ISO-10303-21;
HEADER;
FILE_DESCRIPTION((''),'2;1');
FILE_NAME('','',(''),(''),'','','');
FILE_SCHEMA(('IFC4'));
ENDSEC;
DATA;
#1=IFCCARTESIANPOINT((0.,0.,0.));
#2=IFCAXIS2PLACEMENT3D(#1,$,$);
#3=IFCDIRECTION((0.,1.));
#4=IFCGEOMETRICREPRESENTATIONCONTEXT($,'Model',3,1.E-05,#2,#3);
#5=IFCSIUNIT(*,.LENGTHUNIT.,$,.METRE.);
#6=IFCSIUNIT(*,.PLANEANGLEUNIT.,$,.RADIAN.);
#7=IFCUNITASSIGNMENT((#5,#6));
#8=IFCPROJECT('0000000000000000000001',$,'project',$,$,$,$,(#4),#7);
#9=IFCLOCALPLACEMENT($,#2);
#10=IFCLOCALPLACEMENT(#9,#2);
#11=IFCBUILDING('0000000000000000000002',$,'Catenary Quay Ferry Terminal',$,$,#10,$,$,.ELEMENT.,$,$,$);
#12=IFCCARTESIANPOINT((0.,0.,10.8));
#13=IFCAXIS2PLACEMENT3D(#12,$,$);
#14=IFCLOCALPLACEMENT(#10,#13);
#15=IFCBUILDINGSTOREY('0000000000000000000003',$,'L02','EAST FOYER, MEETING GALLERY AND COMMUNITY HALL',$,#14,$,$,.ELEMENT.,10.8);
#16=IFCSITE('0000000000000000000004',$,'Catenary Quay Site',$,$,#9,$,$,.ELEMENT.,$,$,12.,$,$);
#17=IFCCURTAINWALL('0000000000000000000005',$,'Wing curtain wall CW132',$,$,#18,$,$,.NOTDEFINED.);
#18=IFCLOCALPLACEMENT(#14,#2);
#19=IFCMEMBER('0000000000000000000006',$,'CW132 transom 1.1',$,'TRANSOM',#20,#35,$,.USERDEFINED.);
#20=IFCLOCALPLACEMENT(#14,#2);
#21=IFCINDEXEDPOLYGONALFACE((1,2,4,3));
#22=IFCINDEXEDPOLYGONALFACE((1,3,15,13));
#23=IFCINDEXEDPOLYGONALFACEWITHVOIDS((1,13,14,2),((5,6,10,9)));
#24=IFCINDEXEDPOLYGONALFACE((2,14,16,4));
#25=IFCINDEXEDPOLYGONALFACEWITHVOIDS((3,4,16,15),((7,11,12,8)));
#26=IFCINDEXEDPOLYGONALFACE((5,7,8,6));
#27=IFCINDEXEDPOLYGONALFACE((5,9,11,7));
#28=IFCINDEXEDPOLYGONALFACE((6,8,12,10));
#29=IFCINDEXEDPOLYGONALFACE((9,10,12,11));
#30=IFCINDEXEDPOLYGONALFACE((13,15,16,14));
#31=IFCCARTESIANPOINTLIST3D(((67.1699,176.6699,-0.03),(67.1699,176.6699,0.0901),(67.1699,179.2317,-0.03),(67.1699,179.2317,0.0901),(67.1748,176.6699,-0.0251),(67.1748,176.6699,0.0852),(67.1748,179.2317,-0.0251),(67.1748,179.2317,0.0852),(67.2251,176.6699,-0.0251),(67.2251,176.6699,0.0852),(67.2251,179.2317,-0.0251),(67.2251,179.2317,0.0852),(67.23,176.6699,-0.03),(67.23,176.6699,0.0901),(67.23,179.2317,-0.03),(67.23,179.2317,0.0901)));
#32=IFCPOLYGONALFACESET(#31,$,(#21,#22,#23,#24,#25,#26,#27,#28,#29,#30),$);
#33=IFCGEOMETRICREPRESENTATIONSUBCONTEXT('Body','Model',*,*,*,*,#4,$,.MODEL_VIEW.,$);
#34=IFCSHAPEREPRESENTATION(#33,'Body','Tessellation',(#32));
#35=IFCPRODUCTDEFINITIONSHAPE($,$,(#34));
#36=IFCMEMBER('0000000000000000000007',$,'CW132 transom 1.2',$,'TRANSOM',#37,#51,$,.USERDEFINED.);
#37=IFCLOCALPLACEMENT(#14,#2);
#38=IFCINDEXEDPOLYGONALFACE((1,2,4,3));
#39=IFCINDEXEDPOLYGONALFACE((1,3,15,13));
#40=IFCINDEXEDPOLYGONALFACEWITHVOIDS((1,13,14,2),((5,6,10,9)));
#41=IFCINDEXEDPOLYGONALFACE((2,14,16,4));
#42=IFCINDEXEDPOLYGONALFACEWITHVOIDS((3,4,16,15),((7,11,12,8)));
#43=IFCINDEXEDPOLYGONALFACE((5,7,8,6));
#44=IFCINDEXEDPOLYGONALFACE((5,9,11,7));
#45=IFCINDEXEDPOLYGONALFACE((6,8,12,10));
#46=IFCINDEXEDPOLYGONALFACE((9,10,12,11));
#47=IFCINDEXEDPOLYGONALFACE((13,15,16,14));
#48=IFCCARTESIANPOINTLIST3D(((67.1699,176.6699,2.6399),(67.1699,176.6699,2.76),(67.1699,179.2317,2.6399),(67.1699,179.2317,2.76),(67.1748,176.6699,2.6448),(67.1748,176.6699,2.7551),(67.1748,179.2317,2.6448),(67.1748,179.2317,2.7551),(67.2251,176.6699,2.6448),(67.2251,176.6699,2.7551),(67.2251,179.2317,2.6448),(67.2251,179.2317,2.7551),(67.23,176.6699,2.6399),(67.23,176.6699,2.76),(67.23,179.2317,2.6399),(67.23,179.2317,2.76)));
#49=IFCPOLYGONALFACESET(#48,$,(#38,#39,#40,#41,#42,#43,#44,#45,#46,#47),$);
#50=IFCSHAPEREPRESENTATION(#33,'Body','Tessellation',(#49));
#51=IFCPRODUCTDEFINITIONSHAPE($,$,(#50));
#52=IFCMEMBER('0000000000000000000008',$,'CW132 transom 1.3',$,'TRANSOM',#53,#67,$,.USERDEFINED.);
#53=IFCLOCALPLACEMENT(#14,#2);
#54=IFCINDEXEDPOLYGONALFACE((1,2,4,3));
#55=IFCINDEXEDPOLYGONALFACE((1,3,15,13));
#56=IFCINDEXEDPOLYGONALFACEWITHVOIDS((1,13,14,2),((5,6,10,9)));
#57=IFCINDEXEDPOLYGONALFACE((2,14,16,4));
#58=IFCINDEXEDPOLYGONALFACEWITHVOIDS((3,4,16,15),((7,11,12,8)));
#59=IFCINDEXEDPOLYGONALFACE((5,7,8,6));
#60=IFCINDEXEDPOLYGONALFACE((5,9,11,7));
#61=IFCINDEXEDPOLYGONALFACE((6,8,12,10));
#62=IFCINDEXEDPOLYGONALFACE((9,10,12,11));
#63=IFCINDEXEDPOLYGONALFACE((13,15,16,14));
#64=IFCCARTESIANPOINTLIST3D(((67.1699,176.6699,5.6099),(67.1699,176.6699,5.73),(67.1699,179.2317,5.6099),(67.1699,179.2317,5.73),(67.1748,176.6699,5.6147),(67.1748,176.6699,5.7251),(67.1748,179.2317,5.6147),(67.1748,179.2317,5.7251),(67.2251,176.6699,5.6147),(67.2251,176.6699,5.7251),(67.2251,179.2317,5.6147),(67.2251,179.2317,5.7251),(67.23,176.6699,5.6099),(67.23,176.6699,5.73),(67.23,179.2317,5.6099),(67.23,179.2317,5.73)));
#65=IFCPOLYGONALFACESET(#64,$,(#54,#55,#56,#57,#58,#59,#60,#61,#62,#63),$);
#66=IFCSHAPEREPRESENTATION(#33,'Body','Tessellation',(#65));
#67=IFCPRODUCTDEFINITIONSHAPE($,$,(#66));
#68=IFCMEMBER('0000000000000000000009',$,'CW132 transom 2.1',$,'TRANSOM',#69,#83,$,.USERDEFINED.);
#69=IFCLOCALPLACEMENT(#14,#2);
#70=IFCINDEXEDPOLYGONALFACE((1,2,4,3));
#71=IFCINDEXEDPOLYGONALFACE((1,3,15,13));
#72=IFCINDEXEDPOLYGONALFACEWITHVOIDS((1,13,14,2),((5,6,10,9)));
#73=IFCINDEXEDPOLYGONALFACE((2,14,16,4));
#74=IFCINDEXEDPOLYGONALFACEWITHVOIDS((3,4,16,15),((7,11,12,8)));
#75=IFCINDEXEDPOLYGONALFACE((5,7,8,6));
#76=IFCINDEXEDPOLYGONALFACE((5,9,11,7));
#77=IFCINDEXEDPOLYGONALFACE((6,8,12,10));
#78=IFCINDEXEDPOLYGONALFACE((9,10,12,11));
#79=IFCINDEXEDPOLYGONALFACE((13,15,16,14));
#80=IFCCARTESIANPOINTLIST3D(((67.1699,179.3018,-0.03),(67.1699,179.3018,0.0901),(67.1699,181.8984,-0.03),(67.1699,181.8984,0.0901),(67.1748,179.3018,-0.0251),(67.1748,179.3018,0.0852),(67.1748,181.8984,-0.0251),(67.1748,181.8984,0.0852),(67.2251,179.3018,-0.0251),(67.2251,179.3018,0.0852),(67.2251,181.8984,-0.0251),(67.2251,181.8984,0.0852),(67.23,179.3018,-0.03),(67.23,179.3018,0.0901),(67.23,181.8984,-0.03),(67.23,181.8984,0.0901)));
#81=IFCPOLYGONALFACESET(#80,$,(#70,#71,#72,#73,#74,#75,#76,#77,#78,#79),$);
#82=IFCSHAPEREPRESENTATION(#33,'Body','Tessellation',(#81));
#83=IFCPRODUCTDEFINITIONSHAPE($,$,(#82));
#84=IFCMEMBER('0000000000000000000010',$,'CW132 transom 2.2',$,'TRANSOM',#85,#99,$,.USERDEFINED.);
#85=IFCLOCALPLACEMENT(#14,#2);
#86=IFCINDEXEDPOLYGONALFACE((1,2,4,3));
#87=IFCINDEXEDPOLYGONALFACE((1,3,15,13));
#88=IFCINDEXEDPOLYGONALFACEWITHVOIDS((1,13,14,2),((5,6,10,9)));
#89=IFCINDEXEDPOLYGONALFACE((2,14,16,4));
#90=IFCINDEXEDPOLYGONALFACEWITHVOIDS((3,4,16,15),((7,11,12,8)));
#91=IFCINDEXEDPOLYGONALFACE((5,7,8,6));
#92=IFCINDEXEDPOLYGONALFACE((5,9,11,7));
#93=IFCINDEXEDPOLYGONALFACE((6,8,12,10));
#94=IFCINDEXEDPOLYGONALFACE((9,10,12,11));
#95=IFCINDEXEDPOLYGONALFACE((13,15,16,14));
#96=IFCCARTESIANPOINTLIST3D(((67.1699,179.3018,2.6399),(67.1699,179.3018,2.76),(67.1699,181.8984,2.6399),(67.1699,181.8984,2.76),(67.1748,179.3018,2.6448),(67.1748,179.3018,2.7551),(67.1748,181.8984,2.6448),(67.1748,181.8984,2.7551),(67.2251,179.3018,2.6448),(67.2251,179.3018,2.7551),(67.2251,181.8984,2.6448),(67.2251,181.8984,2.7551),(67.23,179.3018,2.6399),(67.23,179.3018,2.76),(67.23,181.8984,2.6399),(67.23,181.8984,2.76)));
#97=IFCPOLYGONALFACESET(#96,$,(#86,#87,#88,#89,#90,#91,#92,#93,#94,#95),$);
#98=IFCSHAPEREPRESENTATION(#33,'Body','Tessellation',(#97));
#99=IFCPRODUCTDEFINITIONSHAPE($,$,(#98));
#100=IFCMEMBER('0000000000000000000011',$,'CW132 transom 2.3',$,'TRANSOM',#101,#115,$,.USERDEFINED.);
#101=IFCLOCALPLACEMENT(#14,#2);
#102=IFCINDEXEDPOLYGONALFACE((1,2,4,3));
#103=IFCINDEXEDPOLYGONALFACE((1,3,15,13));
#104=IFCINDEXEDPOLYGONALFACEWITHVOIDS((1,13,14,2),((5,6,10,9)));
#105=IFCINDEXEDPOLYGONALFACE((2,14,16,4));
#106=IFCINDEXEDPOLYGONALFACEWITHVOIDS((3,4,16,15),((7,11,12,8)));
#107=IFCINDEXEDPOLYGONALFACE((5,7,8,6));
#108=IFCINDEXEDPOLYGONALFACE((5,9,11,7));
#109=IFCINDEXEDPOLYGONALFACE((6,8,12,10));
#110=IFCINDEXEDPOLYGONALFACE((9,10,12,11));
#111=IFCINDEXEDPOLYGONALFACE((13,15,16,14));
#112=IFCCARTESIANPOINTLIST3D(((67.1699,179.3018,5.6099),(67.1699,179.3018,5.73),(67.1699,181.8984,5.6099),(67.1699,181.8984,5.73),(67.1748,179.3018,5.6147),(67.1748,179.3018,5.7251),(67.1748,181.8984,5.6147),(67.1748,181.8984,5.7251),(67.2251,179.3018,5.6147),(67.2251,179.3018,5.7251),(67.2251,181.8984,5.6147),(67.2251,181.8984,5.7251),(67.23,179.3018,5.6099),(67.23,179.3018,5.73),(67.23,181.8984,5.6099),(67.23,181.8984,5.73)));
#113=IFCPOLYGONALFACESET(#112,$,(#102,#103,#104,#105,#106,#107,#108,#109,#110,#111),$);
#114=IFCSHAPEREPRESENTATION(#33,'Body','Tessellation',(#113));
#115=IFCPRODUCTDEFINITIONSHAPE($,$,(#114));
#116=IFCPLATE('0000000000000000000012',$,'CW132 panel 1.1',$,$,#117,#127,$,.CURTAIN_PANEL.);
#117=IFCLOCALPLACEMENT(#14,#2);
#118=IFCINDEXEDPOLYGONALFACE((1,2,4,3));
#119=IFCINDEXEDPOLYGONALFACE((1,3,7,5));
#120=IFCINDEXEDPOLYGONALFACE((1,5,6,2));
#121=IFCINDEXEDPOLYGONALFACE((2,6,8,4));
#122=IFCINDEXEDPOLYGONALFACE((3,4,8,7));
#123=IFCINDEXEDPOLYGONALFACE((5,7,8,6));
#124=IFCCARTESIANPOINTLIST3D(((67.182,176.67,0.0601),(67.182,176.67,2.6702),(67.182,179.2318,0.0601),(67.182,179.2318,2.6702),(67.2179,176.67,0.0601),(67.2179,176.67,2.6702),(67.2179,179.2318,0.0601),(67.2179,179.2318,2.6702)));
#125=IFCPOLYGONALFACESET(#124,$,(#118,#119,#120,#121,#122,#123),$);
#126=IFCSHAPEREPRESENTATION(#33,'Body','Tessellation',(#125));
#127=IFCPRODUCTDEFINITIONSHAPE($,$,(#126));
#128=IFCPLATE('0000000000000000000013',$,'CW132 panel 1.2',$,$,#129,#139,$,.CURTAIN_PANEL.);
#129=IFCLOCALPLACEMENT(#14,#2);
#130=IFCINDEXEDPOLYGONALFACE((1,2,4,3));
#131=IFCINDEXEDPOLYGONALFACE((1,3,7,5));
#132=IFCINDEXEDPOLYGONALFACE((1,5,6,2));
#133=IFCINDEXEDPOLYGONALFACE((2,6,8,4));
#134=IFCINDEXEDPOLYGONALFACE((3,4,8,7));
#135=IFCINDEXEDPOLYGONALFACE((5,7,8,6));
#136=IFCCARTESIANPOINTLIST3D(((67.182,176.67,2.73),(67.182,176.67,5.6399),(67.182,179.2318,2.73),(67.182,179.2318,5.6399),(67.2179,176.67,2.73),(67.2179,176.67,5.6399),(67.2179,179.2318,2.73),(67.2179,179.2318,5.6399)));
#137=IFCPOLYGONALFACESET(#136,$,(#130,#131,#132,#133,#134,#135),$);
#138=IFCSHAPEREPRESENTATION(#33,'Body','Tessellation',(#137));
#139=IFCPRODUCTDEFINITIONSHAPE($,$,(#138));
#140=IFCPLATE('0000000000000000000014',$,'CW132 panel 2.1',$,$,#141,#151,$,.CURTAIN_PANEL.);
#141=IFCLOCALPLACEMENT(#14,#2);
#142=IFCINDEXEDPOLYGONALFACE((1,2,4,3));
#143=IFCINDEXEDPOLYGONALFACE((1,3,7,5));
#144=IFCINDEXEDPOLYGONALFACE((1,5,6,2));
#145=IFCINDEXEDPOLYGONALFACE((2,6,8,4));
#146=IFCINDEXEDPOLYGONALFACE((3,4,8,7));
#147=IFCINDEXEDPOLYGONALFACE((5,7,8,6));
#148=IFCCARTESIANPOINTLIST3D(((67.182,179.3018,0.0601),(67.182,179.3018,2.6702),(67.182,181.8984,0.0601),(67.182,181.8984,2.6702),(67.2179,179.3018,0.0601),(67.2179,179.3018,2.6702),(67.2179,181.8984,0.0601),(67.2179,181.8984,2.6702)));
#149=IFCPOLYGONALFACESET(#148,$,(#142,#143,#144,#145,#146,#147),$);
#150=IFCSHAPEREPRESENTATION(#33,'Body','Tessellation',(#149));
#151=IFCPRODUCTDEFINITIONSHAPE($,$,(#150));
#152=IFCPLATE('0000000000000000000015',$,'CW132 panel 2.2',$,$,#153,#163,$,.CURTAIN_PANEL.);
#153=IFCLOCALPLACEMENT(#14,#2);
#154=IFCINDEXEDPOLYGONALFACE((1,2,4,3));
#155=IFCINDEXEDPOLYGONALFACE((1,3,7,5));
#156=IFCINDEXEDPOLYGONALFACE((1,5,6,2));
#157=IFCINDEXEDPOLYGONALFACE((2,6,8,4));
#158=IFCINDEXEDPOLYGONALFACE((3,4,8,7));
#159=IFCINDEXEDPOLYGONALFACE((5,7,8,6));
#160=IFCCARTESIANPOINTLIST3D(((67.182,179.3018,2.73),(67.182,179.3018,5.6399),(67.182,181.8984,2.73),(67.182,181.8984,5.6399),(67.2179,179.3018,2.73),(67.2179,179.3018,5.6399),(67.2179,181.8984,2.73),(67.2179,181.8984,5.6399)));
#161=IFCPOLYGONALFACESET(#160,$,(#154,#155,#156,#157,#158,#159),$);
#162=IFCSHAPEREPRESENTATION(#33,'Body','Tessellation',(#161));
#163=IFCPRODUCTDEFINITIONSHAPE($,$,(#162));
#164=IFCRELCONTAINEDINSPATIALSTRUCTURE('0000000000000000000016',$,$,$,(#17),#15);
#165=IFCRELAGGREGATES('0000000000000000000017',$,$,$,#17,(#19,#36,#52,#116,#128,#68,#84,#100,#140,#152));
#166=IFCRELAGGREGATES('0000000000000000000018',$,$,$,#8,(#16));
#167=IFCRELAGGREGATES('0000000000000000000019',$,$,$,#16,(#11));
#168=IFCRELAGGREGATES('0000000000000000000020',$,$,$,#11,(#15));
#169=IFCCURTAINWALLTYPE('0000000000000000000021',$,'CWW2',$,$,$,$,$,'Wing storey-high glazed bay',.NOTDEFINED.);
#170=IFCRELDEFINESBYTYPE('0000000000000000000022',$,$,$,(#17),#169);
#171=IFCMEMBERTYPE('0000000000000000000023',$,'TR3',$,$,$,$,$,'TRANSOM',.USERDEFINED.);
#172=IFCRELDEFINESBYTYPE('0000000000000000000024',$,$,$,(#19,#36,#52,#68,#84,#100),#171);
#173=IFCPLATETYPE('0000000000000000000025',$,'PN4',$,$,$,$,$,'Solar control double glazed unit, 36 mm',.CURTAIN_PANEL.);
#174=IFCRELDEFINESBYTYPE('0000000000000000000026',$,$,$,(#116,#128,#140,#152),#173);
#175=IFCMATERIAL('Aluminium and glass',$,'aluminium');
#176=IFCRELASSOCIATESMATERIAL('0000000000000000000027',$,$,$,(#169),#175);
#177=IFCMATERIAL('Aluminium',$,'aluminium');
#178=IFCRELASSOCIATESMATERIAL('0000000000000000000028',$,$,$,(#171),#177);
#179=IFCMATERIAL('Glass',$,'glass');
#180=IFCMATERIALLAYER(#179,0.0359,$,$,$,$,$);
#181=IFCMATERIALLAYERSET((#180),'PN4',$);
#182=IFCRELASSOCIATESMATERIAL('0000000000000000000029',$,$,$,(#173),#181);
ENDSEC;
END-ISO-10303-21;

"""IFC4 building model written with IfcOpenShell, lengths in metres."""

from ifc_helpers import new_model, si_unit, direction, frame, origin, origin_2d, place, context, subcontext, project, spatial, rectangle, hollow_rectangle, extrude, material, layer, layer_set, material_profile, profile_set, type_object, element, aggregate, save


model = new_model("IFC4")

# Units and contexts
model_context = context("Model", 3, precision=1e-05, world=origin(), true_north=direction((0.0, 1.0)))
body_context = subcontext(model_context, "Body", "Model", "MODEL_VIEW")
ifc_project = project(units=[si_unit("LENGTHUNIT", "METRE"), si_unit("PLANEANGLEUNIT", "RADIAN")], contexts=[model_context])

# Site, building, storey
site_placement = place(None, origin())
site = spatial("IfcSite", under=ifc_project, at=site_placement, Name="Catenary Quay Site", CompositionType="ELEMENT", RefElevation=12.0)
building_placement = place(site_placement, origin())
building = spatial("IfcBuilding", under=site, at=building_placement, Name="Catenary Quay Ferry Terminal", CompositionType="ELEMENT")
storey_placement = place(building_placement, frame((0.0, 0.0, 10.8)))
storey = spatial("IfcBuildingStorey", under=building, at=storey_placement, Name="L02", Description="EAST FOYER, MEETING GALLERY AND COMMUNITY HALL", CompositionType="ELEMENT", Elevation=10.8)

# Curtain wall, members, plates
ifc_material_1 = material(Name="Aluminium and glass", Category="aluminium")
curtain_wall_type = type_object("IfcCurtainWallType", Name="CWW2", ElementType="Wing storey-high glazed bay", PredefinedType="NOTDEFINED", material=ifc_material_1)
curtain_wall_placement = place(storey_placement, origin())
curtain_wall = element("IfcCurtainWall", 1, at=curtain_wall_placement, inside=storey, type_object=curtain_wall_type, Name="Wing curtain wall CW132", PredefinedType="NOTDEFINED")
ifc_material_2 = material(Name="Aluminium", Category="aluminium")
ifc_material_profile_1 = material_profile(ifc_material_2, hollow_rectangle(XDim=0.0601, YDim=0.1201, WallThickness=0.0049, at=origin_2d()), Name="TR3")
ifc_profile_set_1 = profile_set([ifc_material_profile_1], Name="Aluminium")
member_type_1 = type_object("IfcMemberType", Name="TR3", ElementType="TRANSOM", PredefinedType="USERDEFINED", material=ifc_profile_set_1)
member_1_placement = place(storey_placement, frame((67.2, 176.6699, 0.03), z_axis=(0.0, 1.0, 0.0), x_axis=(-1.0, 0.0, 0.0)))
member_1 = element("IfcMember", 2, at=member_1_placement, type_object=member_type_1, Name="CW132 transom 1.1", ObjectType="TRANSOM", PredefinedType="USERDEFINED", context=body_context, shape_type="SweptSolid", body=[
    extrude(hollow_rectangle(XDim=0.0601, YDim=0.1201, WallThickness=0.0049, at=origin_2d()), origin(), (0.0, 0.0, 1.0), 2.5618),
])
member_2_placement = place(storey_placement, frame((67.2, 176.6699, 2.7), z_axis=(0.0, 1.0, 0.0), x_axis=(-1.0, 0.0, 0.0)))
member_2 = element("IfcMember", 3, at=member_2_placement, type_object=member_type_1, Name="CW132 transom 1.2", ObjectType="TRANSOM", PredefinedType="USERDEFINED", context=body_context, shape_type="SweptSolid", body=[
    extrude(hollow_rectangle(XDim=0.0601, YDim=0.1201, WallThickness=0.0049, at=origin_2d()), origin(), (0.0, 0.0, 1.0), 2.5618),
])
member_3_placement = place(storey_placement, frame((67.2, 176.6699, 5.6699), z_axis=(0.0, 1.0, 0.0), x_axis=(-1.0, 0.0, 0.0)))
member_3 = element("IfcMember", 4, at=member_3_placement, type_object=member_type_1, Name="CW132 transom 1.3", ObjectType="TRANSOM", PredefinedType="USERDEFINED", context=body_context, shape_type="SweptSolid", body=[
    extrude(hollow_rectangle(XDim=0.0601, YDim=0.1201, WallThickness=0.0049, at=origin_2d()), origin(), (0.0, 0.0, 1.0), 2.5618),
])
member_4_placement = place(storey_placement, frame((67.2, 179.3018, 0.03), z_axis=(0.0, 1.0, 0.0), x_axis=(-1.0, 0.0, 0.0)))
member_4 = element("IfcMember", 5, at=member_4_placement, type_object=member_type_1, Name="CW132 transom 2.1", ObjectType="TRANSOM", PredefinedType="USERDEFINED", context=body_context, shape_type="SweptSolid", body=[
    extrude(hollow_rectangle(XDim=0.0601, YDim=0.1201, WallThickness=0.0049, at=origin_2d()), origin(), (0.0, 0.0, 1.0), 2.5967),
])
member_5_placement = place(storey_placement, frame((67.2, 179.3018, 2.7), z_axis=(0.0, 1.0, 0.0), x_axis=(-1.0, 0.0, 0.0)))
member_5 = element("IfcMember", 6, at=member_5_placement, type_object=member_type_1, Name="CW132 transom 2.2", ObjectType="TRANSOM", PredefinedType="USERDEFINED", context=body_context, shape_type="SweptSolid", body=[
    extrude(hollow_rectangle(XDim=0.0601, YDim=0.1201, WallThickness=0.0049, at=origin_2d()), origin(), (0.0, 0.0, 1.0), 2.5967),
])
member_6_placement = place(storey_placement, frame((67.2, 179.3018, 5.6699), z_axis=(0.0, 1.0, 0.0), x_axis=(-1.0, 0.0, 0.0)))
member_6 = element("IfcMember", 7, at=member_6_placement, type_object=member_type_1, Name="CW132 transom 2.3", ObjectType="TRANSOM", PredefinedType="USERDEFINED", context=body_context, shape_type="SweptSolid", body=[
    extrude(hollow_rectangle(XDim=0.0601, YDim=0.1201, WallThickness=0.0049, at=origin_2d()), origin(), (0.0, 0.0, 1.0), 2.5967),
])
ifc_material_3 = material(Name="Glass", Category="glass")
ifc_layer_1 = layer(ifc_material_3, 0.0359)
ifc_layer_set_1 = layer_set([ifc_layer_1], Name="PN4")
plate_type = type_object("IfcPlateType", Name="PN4", ElementType="Solar control double glazed unit, 36 mm", PredefinedType="CURTAIN_PANEL", material=ifc_layer_set_1)
plate_1_placement = place(storey_placement, frame((67.2, 177.9509, 0.0601), z_axis=(0.0, 0.0, 1.0), x_axis=(0.0, 1.0, 0.0)))
plate_1 = element("IfcPlate", 8, at=plate_1_placement, type_object=plate_type, Name="CW132 panel 1.1", PredefinedType="CURTAIN_PANEL", context=body_context, shape_type="SweptSolid", body=[
    extrude(rectangle(XDim=2.5618, YDim=0.0359, at=origin_2d()), origin(), (0.0, 0.0, 1.0), 2.6101),
])
plate_2_placement = place(storey_placement, frame((67.2, 177.9509, 2.73), z_axis=(0.0, 0.0, 1.0), x_axis=(0.0, 1.0, 0.0)))
plate_2 = element("IfcPlate", 9, at=plate_2_placement, type_object=plate_type, Name="CW132 panel 1.2", PredefinedType="CURTAIN_PANEL", context=body_context, shape_type="SweptSolid", body=[
    extrude(rectangle(XDim=2.5618, YDim=0.0359, at=origin_2d()), origin(), (0.0, 0.0, 1.0), 2.9099),
])
plate_3_placement = place(storey_placement, frame((67.2, 180.6001, 0.0601), z_axis=(0.0, 0.0, 1.0), x_axis=(0.0, 1.0, 0.0)))
plate_3 = element("IfcPlate", 10, at=plate_3_placement, type_object=plate_type, Name="CW132 panel 2.1", PredefinedType="CURTAIN_PANEL", context=body_context, shape_type="SweptSolid", body=[
    extrude(rectangle(XDim=2.5967, YDim=0.0359, at=origin_2d()), origin(), (0.0, 0.0, 1.0), 2.6101),
])
plate_4_placement = place(storey_placement, frame((67.2, 180.6001, 2.73), z_axis=(0.0, 0.0, 1.0), x_axis=(0.0, 1.0, 0.0)))
plate_4 = element("IfcPlate", 11, at=plate_4_placement, type_object=plate_type, Name="CW132 panel 2.2", PredefinedType="CURTAIN_PANEL", context=body_context, shape_type="SweptSolid", body=[
    extrude(rectangle(XDim=2.5967, YDim=0.0359, at=origin_2d()), origin(), (0.0, 0.0, 1.0), 2.9099),
])
aggregate(curtain_wall, [member_1, member_2, member_3, plate_1, plate_2, member_4, member_5, member_6, plate_3, plate_4])

save(model, "model.ifc")
